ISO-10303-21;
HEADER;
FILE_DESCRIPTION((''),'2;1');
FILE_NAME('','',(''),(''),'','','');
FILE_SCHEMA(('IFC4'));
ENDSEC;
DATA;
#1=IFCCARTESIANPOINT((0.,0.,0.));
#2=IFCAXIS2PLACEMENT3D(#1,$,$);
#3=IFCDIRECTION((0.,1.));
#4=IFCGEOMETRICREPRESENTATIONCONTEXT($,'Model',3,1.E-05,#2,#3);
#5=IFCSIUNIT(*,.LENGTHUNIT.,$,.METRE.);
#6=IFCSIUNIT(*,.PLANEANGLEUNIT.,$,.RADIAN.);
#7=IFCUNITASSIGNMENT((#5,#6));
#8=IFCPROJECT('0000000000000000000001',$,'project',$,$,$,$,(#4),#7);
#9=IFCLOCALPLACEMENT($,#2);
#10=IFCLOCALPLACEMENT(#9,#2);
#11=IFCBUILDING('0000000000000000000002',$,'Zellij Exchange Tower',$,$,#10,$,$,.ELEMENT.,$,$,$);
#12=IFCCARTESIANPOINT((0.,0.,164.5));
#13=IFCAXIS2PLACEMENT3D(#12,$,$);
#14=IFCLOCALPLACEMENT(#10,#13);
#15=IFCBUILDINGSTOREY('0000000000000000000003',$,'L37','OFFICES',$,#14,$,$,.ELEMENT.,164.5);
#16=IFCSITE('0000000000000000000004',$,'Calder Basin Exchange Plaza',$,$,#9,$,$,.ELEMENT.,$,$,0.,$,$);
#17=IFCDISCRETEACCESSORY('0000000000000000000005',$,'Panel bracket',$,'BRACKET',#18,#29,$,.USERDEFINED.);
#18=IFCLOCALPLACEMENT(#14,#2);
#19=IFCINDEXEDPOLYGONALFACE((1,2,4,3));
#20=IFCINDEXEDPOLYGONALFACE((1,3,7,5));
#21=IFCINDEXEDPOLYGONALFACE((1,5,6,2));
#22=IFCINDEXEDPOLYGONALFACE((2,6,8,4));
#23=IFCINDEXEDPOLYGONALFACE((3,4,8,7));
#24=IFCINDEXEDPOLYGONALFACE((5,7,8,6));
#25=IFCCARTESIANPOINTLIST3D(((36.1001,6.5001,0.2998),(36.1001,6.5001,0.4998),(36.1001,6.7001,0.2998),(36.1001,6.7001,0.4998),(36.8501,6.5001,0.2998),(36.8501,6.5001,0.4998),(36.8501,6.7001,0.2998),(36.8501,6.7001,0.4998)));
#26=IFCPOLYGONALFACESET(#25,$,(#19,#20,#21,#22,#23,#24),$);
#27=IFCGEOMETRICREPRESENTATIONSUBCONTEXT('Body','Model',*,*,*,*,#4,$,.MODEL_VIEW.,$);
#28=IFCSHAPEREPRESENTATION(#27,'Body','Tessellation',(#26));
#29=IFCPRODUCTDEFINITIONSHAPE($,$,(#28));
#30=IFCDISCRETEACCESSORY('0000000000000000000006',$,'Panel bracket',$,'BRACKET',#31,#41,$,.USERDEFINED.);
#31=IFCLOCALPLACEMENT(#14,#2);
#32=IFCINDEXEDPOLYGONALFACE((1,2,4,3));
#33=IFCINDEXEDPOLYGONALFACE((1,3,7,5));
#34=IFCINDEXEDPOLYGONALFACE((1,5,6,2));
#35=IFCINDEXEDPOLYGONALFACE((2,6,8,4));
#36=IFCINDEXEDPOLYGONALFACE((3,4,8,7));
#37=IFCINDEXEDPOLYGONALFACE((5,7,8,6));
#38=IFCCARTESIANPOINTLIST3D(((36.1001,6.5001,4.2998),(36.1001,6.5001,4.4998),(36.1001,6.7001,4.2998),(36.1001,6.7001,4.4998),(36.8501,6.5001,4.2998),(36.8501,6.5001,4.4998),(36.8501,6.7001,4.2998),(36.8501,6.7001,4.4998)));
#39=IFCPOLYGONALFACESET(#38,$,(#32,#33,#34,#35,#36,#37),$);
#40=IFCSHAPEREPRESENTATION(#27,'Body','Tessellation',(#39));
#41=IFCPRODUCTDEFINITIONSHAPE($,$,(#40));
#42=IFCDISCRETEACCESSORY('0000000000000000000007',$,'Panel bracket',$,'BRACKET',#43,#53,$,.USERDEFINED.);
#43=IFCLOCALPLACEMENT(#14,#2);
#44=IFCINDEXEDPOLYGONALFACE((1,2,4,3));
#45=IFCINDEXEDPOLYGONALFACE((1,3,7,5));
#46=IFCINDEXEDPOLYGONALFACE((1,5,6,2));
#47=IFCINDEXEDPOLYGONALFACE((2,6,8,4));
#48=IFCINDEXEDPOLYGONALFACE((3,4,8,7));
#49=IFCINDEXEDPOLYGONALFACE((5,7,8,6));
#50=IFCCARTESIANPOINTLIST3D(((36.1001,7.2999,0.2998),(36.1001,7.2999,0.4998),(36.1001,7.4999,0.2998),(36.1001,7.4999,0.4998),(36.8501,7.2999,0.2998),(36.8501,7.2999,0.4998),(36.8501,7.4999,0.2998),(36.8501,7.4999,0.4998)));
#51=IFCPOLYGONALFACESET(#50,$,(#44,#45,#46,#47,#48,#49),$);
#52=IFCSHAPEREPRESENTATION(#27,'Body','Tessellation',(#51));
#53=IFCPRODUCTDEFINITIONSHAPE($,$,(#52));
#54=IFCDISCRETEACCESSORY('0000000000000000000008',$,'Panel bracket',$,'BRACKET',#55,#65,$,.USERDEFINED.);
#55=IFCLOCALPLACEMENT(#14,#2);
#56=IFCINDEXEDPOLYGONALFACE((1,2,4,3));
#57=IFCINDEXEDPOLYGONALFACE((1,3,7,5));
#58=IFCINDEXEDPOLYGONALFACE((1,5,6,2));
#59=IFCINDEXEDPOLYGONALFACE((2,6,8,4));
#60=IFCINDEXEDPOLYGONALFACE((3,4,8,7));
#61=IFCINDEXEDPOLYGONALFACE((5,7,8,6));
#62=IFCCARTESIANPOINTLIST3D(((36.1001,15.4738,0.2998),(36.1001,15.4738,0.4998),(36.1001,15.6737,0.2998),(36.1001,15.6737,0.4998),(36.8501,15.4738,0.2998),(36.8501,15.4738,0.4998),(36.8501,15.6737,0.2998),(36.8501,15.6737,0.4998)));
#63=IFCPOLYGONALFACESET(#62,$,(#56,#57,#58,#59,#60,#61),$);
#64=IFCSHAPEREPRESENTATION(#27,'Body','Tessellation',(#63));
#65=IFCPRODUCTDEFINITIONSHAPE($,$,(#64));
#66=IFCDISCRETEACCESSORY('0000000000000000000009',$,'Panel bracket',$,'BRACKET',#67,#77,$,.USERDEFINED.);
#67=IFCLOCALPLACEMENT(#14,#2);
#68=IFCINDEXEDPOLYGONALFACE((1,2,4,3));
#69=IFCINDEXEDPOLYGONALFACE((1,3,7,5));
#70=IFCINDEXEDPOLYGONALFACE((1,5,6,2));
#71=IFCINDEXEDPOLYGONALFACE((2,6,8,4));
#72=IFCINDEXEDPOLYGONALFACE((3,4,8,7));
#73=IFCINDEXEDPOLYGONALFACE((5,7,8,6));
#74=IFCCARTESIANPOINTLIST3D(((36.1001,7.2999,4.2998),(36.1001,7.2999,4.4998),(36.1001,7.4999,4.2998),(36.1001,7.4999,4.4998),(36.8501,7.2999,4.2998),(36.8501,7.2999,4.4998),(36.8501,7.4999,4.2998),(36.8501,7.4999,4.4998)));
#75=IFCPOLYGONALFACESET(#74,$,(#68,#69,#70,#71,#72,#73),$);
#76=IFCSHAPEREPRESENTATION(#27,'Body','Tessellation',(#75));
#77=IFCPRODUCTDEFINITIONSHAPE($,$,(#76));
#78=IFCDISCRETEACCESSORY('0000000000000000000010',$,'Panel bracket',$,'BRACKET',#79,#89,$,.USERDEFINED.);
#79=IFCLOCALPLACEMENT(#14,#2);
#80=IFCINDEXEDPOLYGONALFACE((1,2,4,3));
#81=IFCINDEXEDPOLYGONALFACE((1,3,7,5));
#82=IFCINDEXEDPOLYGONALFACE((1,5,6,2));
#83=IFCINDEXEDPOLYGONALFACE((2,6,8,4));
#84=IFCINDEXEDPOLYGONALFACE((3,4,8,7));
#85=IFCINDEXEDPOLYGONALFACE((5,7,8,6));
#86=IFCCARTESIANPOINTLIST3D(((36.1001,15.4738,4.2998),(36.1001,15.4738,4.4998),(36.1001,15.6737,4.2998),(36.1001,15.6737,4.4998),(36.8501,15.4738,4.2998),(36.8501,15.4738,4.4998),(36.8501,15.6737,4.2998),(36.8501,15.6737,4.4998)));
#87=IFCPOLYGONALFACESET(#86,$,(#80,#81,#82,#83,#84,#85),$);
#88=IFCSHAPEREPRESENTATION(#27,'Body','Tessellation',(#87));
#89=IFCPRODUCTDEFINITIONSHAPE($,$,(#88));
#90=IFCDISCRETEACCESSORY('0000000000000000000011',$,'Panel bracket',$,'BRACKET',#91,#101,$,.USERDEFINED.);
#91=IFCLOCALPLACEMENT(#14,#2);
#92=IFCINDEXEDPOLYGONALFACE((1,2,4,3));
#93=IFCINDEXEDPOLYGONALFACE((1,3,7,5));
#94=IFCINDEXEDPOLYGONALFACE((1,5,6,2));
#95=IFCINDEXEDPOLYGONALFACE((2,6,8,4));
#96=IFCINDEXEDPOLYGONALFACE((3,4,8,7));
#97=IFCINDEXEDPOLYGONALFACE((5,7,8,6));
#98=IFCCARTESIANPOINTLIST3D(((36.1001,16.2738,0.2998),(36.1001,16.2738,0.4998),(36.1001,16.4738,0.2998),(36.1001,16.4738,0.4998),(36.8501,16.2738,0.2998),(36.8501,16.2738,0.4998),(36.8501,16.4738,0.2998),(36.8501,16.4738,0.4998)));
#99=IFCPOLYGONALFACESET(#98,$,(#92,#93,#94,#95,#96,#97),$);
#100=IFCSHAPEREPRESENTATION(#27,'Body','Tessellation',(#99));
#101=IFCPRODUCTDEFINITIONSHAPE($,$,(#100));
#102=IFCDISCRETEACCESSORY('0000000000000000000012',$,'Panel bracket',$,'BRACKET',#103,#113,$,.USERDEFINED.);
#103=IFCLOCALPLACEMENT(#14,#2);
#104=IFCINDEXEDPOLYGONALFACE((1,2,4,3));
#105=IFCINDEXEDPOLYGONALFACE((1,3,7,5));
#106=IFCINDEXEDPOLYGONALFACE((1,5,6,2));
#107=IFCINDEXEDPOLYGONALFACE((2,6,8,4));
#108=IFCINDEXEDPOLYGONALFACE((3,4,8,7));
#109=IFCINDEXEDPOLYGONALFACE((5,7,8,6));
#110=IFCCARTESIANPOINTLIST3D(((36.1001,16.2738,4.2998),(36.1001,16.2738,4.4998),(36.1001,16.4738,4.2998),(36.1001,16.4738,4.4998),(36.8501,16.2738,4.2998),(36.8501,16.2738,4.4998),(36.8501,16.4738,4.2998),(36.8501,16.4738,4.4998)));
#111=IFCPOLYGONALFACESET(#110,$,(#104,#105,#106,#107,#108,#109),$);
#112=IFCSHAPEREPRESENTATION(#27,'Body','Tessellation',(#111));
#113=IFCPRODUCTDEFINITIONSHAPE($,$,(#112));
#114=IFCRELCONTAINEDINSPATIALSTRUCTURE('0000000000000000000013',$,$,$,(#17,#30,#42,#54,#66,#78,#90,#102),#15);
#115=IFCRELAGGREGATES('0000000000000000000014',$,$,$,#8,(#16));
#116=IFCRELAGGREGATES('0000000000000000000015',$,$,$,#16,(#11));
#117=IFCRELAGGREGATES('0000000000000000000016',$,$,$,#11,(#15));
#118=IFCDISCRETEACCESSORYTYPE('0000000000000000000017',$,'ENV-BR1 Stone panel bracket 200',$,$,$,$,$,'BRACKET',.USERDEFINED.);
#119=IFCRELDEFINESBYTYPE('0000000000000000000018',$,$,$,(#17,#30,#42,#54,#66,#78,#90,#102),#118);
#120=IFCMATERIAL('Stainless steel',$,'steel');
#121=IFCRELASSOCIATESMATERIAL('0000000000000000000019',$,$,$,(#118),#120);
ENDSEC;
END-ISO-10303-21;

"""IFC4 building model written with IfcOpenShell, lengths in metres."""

from ifc_helpers import new_model, si_unit, direction, frame, origin, origin_2d, place, context, subcontext, project, spatial, rectangle, extrude, material, type_object, element, save


model = new_model("IFC4")

# Units and contexts
model_context = context("Model", 3, precision=1e-05, world=origin(), true_north=direction((0.0, 1.0)))
body_context = subcontext(model_context, "Body", "Model", "MODEL_VIEW")
ifc_project = project(units=[si_unit("LENGTHUNIT", "METRE"), si_unit("PLANEANGLEUNIT", "RADIAN")], contexts=[model_context])

# Site, building, storey
site_placement = place(None, origin())
site = spatial("IfcSite", under=ifc_project, at=site_placement, Name="Calder Basin Exchange Plaza", CompositionType="ELEMENT", RefElevation=0.0)
building_placement = place(site_placement, origin())
building = spatial("IfcBuilding", under=site, at=building_placement, Name="Zellij Exchange Tower", CompositionType="ELEMENT")
storey_placement = place(building_placement, frame((0.0, 0.0, 164.5)))
storey = spatial("IfcBuildingStorey", under=building, at=storey_placement, Name="L37", Description="OFFICES", CompositionType="ELEMENT", Elevation=164.5)

# Discrete accessories
ifc_material_1 = material(Name="Stainless steel", Category="steel")
discrete_accessory_type = type_object("IfcDiscreteAccessoryType", Name="ENV-BR1 Stone panel bracket 200", ElementType="BRACKET", PredefinedType="USERDEFINED", material=ifc_material_1)
for number, where, z_axis, x_axis, name in (
    (1, (36.4751, 6.6001, 0.2998), (0.0, 0.0, 1.0), (0.0, 1.0, 0.0), "Panel bracket"),
    (2, (36.4751, 6.6001, 4.2998), (0.0, 0.0, 1.0), (0.0, 1.0, 0.0), "Panel bracket"),
    (3, (36.4751, 7.3999, 0.2998), (0.0, 0.0, 1.0), (0.0, 1.0, 0.0), "Panel bracket"),
    (4, (36.4751, 15.5737, 0.2998), (0.0, 0.0, 1.0), (0.0, 1.0, 0.0), "Panel bracket"),
    (5, (36.4751, 7.3999, 4.2998), (0.0, 0.0, 1.0), (0.0, 1.0, 0.0), "Panel bracket"),
    (6, (36.4751, 15.5737, 4.2998), (0.0, 0.0, 1.0), (0.0, 1.0, 0.0), "Panel bracket"),
    (7, (36.4751, 16.3738, 0.2998), (0.0, 0.0, 1.0), (0.0, 1.0, 0.0), "Panel bracket"),
    (8, (36.4751, 16.3738, 4.2998), (0.0, 0.0, 1.0), (0.0, 1.0, 0.0), "Panel bracket"),
):
    element("IfcDiscreteAccessory", number, at=place(storey_placement, frame(where, z_axis=z_axis, x_axis=x_axis)), inside=storey, type_object=discrete_accessory_type, Name=name, ObjectType="BRACKET", PredefinedType="USERDEFINED", context=body_context, shape_type="SweptSolid", body=[
        extrude(rectangle(XDim=0.2, YDim=0.75, at=origin_2d()), origin(), (0.0, 0.0, 1.0), 0.2),
    ])

save(model, "model.ifc")
